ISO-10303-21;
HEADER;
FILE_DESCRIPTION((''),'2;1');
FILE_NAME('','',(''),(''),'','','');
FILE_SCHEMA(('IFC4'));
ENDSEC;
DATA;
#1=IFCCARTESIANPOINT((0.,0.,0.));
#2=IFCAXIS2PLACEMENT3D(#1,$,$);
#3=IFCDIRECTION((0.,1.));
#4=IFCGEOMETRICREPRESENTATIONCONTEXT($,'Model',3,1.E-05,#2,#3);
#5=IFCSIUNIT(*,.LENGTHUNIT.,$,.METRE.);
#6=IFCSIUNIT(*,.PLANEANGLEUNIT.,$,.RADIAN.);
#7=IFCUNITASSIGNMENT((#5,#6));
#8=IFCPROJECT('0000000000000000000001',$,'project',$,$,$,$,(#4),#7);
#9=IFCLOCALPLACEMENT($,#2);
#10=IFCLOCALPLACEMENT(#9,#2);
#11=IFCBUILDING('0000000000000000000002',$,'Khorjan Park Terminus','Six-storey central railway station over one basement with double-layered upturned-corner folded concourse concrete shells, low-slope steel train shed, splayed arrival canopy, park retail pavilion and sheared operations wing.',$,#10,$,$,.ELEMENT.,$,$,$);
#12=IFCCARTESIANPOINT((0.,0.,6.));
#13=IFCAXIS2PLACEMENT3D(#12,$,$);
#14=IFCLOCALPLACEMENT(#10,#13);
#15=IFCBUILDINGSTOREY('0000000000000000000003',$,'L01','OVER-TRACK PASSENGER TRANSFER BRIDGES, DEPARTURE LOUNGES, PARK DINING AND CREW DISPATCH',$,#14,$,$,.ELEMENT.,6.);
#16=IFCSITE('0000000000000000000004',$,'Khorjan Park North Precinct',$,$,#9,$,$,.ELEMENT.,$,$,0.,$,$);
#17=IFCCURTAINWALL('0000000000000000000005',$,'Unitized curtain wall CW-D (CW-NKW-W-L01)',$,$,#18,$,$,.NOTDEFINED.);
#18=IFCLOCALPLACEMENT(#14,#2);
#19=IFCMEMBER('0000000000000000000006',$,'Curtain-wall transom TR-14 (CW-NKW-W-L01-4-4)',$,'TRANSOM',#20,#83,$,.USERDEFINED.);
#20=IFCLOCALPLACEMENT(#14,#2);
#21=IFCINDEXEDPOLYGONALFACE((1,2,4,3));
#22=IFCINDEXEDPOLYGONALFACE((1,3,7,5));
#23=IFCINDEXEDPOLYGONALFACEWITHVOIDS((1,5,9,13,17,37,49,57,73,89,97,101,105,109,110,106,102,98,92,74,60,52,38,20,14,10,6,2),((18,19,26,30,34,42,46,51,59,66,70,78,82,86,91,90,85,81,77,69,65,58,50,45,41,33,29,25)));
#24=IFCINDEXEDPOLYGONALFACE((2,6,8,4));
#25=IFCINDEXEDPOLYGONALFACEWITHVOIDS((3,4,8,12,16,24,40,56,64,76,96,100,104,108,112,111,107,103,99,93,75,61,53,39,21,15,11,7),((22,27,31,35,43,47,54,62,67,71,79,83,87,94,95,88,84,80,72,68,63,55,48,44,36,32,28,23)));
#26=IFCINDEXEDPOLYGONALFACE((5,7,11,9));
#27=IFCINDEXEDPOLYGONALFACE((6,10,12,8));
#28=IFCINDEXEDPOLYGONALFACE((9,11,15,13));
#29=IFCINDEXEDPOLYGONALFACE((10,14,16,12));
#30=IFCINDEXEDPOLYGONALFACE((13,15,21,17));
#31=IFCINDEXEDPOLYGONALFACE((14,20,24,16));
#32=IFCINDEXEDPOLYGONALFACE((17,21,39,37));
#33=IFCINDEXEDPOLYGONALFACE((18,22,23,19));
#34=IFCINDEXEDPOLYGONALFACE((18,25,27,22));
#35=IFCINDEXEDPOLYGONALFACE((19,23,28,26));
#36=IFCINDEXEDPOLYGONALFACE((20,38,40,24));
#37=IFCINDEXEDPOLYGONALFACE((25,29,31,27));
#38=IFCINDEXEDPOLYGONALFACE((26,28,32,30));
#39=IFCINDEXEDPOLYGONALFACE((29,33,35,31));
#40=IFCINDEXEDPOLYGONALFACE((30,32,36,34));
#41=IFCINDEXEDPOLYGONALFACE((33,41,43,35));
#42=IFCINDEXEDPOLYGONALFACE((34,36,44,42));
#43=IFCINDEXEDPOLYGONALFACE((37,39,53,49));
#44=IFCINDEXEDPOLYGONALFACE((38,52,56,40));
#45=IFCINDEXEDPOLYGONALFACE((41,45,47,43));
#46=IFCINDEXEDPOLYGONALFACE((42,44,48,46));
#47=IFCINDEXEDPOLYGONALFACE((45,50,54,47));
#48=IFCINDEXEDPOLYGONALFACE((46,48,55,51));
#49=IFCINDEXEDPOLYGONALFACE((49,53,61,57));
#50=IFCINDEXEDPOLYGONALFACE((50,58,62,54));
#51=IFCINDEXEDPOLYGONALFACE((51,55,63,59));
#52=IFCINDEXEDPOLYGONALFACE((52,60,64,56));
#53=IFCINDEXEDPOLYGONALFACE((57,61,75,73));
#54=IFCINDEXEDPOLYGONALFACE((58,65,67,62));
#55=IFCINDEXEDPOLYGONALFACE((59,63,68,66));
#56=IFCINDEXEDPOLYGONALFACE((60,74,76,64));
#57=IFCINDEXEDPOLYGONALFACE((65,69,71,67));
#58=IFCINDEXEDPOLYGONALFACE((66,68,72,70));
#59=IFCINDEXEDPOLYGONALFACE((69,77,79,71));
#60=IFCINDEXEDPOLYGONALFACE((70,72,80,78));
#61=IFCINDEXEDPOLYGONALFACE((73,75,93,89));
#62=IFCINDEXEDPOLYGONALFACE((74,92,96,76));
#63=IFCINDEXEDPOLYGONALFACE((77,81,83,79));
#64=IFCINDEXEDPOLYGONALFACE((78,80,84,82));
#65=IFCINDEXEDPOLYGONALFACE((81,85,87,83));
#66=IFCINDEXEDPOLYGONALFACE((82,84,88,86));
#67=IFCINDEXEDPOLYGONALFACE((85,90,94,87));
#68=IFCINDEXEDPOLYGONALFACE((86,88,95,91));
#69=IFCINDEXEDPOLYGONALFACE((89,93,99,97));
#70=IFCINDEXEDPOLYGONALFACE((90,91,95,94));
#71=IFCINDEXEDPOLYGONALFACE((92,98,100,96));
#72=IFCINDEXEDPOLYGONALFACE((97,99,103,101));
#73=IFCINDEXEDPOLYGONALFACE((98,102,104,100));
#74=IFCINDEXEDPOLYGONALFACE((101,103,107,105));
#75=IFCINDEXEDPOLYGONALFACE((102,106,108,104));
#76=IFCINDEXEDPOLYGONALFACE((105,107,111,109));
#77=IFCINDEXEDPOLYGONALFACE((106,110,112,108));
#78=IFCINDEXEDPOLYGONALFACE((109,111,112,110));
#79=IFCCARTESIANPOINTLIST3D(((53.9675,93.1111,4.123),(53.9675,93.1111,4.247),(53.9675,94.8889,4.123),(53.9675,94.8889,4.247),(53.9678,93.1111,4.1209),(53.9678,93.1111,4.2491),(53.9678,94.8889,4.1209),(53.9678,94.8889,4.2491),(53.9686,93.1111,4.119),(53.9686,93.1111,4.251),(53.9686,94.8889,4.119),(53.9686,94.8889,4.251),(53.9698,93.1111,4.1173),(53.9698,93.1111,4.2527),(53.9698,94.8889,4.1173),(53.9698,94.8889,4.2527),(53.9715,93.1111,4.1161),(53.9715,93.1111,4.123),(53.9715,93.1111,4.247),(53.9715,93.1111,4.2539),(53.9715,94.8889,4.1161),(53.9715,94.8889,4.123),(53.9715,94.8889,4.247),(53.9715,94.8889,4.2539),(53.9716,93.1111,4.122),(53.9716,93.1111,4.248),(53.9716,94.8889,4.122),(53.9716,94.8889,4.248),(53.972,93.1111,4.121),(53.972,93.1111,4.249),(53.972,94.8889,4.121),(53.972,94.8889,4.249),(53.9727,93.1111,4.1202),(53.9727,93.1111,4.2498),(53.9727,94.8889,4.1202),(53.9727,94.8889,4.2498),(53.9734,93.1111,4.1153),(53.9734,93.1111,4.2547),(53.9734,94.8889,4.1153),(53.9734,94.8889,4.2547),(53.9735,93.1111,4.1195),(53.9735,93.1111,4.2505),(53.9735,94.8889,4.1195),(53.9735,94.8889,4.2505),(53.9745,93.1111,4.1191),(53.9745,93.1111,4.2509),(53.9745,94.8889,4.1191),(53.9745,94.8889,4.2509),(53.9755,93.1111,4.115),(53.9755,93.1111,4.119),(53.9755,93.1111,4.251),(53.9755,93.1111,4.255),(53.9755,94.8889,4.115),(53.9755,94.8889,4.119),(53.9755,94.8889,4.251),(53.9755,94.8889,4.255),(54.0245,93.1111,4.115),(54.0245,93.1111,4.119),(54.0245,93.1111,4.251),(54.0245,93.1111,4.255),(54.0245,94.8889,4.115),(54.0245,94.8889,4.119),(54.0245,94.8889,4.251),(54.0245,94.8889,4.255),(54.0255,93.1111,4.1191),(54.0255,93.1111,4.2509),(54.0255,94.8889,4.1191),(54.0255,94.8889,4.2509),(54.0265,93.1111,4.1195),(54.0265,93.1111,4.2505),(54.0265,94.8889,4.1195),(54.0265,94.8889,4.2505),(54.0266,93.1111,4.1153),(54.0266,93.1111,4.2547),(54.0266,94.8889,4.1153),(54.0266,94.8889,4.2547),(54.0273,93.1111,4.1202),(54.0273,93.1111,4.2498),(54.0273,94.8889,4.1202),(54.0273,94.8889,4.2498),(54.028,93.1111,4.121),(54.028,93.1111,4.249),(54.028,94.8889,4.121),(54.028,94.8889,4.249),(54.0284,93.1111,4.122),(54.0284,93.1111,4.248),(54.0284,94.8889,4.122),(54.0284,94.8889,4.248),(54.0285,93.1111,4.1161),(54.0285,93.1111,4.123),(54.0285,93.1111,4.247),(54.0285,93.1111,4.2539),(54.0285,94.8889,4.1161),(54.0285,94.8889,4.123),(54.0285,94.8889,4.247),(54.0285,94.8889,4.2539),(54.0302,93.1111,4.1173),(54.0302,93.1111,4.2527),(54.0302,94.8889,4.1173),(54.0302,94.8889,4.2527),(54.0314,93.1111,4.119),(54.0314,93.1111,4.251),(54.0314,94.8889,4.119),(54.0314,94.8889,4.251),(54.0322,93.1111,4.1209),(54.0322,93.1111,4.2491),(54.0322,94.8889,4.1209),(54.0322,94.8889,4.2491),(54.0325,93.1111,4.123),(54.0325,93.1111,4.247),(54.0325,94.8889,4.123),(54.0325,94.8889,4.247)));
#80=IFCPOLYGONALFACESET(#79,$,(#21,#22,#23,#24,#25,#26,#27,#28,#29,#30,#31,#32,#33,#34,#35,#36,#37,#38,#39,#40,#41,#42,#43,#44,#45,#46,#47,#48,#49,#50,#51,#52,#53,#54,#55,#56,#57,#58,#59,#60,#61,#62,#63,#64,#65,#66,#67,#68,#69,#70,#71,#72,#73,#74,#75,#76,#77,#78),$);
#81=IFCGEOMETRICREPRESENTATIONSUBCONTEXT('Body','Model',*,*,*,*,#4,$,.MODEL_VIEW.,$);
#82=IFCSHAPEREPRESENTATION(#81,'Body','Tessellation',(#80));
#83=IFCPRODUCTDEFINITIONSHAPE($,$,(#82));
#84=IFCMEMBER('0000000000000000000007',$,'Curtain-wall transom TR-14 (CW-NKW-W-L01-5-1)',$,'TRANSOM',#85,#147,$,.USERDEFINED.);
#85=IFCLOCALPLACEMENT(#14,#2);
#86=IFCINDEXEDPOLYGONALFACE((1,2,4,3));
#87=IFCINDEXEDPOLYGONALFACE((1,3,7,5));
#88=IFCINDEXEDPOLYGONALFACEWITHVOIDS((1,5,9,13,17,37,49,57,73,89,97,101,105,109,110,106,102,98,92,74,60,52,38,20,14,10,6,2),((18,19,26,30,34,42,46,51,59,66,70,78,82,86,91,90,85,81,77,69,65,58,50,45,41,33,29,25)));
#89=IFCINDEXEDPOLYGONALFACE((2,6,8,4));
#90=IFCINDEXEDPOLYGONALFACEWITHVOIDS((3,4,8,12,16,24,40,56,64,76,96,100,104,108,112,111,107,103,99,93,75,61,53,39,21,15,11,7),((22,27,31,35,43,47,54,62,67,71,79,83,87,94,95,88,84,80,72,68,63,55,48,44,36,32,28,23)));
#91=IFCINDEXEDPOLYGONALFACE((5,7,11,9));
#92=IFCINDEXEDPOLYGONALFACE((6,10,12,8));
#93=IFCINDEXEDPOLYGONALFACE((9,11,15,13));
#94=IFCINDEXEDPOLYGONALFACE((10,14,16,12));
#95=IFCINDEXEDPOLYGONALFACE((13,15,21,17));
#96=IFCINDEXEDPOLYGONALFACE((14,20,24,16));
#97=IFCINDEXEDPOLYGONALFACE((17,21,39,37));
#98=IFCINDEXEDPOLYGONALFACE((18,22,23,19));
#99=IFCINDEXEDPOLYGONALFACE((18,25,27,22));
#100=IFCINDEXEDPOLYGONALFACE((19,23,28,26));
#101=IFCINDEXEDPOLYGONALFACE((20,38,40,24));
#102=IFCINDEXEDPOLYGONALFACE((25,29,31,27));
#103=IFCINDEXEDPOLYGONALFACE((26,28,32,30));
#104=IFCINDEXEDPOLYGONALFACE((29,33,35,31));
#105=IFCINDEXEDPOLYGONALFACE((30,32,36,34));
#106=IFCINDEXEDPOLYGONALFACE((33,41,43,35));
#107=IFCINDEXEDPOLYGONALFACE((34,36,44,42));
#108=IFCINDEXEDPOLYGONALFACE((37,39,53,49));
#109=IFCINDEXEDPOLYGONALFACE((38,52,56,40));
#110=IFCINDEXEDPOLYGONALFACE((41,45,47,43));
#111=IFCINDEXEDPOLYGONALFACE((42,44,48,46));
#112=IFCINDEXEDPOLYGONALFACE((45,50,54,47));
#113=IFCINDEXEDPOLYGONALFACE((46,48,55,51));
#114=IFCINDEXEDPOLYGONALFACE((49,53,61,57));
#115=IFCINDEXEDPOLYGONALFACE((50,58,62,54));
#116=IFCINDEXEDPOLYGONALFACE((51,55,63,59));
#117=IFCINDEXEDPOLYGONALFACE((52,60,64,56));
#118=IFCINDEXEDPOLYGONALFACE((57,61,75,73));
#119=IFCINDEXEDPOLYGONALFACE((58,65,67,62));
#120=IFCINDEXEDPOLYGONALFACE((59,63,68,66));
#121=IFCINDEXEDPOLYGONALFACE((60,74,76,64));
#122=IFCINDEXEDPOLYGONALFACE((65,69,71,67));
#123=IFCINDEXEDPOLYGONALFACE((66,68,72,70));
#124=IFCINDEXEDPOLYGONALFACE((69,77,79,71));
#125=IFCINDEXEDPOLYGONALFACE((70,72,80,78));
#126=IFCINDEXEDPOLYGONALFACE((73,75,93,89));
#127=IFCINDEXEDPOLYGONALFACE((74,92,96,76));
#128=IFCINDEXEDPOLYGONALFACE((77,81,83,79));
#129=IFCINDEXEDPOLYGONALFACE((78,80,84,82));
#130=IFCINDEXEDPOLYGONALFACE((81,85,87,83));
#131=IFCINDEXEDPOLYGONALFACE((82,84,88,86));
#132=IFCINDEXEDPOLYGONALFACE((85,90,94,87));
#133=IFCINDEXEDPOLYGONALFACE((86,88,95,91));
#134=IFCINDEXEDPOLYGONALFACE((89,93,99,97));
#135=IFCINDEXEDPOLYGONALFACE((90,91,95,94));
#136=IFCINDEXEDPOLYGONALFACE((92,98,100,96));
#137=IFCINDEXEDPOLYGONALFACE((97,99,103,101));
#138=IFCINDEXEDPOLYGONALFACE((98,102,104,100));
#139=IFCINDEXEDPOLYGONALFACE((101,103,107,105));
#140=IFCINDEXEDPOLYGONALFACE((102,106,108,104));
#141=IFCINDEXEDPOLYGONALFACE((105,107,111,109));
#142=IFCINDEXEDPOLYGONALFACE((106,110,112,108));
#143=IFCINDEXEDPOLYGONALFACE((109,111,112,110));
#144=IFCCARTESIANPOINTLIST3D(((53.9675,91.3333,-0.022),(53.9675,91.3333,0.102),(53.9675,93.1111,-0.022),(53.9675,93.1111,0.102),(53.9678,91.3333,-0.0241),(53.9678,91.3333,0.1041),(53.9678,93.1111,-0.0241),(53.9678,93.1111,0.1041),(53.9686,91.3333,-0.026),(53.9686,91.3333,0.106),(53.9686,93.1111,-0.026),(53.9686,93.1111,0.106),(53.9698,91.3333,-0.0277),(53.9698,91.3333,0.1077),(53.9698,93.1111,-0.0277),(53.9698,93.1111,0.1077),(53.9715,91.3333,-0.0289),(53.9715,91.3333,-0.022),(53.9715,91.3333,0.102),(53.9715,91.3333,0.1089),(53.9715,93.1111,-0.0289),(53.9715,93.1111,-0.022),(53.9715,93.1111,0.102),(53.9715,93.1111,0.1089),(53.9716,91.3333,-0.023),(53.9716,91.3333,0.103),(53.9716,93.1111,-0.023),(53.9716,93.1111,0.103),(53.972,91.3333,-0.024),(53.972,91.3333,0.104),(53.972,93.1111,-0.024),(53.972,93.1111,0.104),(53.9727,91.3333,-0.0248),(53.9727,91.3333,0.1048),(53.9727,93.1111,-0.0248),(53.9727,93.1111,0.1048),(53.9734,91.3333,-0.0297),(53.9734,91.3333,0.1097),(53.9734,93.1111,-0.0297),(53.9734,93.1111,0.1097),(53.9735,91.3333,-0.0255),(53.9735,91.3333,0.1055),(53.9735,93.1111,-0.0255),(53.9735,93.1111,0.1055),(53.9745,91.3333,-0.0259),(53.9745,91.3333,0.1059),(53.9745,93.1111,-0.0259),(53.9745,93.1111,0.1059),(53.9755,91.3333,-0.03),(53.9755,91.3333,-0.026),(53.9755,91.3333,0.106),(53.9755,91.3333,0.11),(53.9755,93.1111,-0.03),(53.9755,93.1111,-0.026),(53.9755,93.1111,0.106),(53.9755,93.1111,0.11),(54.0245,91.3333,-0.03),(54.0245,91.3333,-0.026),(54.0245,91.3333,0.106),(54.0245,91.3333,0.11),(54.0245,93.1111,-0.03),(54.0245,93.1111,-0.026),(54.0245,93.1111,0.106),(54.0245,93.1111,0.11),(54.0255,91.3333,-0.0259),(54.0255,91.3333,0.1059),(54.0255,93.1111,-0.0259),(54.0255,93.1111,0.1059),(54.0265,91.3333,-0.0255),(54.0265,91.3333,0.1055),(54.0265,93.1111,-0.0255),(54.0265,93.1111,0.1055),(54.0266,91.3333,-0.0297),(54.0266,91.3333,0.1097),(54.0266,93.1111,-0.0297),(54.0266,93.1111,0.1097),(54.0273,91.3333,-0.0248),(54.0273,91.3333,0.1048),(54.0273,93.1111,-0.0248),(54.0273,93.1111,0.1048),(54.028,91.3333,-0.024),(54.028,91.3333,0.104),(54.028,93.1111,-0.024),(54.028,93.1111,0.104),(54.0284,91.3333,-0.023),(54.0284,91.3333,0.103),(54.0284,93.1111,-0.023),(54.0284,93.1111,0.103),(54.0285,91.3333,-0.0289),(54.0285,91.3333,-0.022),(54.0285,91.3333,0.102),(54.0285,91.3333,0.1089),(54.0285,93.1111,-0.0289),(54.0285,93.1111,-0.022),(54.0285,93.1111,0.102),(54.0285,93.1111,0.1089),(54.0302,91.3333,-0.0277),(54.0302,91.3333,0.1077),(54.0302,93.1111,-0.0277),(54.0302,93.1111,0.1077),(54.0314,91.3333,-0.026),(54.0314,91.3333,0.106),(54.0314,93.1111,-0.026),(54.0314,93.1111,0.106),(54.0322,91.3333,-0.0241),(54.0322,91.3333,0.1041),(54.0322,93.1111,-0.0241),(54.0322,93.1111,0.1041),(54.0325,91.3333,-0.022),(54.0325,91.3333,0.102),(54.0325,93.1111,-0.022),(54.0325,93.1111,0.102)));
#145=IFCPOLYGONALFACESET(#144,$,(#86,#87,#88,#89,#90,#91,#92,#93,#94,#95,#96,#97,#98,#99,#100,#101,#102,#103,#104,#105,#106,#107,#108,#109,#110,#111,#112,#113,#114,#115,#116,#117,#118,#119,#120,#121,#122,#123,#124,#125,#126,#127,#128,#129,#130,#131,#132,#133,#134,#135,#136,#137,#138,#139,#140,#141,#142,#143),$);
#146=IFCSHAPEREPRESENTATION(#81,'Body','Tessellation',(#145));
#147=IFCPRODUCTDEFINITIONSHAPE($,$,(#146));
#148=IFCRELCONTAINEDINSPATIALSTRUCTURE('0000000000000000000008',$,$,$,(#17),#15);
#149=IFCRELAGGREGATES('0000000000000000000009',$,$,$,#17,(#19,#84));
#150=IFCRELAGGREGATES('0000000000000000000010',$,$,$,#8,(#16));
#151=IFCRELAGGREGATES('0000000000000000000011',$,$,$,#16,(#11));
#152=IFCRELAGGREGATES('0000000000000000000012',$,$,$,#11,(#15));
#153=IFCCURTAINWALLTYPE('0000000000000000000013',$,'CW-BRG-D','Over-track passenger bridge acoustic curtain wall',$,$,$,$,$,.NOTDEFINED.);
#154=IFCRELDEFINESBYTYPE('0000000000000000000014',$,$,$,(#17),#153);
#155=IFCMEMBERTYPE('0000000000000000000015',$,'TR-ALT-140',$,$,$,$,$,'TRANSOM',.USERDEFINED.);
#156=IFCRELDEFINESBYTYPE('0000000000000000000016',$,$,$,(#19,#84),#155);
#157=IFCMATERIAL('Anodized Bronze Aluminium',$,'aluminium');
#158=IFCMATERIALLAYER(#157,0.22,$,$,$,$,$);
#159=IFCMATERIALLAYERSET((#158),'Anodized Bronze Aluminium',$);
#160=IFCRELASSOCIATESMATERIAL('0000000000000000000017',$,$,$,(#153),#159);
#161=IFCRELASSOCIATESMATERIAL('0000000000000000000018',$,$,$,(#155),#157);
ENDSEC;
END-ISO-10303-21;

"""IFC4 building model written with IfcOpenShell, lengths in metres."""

from ifc_helpers import new_model, si_unit, direction, frame, origin, origin_2d, place, context, subcontext, project, spatial, hollow_rectangle, extrude, material, layer, layer_set, material_profile, profile_set, type_object, element, aggregate, save


model = new_model("IFC4")

# Units and contexts
model_context = context("Model", 3, precision=1e-05, world=origin(), true_north=direction((0.0, 1.0)))
body_context = subcontext(model_context, "Body", "Model", "MODEL_VIEW")
ifc_project = project(units=[si_unit("LENGTHUNIT", "METRE"), si_unit("PLANEANGLEUNIT", "RADIAN")], contexts=[model_context])

# Site, building, storey
site_placement = place(None, origin())
site = spatial("IfcSite", under=ifc_project, at=site_placement, Name="Khorjan Park North Precinct", CompositionType="ELEMENT", RefElevation=0.0)
building_placement = place(site_placement, origin())
building = spatial("IfcBuilding", under=site, at=building_placement, Name="Khorjan Park Terminus", Description="Six-storey central railway station over one basement with double-layered upturned-corner folded concourse concrete shells, low-slope steel train shed, splayed arrival canopy, park retail pavilion and sheared operations wing.", CompositionType="ELEMENT")
storey_placement = place(building_placement, frame((0.0, 0.0, 6.0)))
storey = spatial("IfcBuildingStorey", under=building, at=storey_placement, Name="L01", Description="OVER-TRACK PASSENGER TRANSFER BRIDGES, DEPARTURE LOUNGES, PARK DINING AND CREW DISPATCH", CompositionType="ELEMENT", Elevation=6.0)

# Curtain wall, members
ifc_material_1 = material(Name="Anodized Bronze Aluminium", Category="aluminium")
ifc_layer_1 = layer(ifc_material_1, 0.22)
ifc_layer_set_1 = layer_set([ifc_layer_1], Name="Anodized Bronze Aluminium")
curtain_wall_type = type_object("IfcCurtainWallType", Name="CW-BRG-D", Description="Over-track passenger bridge acoustic curtain wall", PredefinedType="NOTDEFINED", material=ifc_layer_set_1)
curtain_wall_placement = place(storey_placement, origin())
curtain_wall = element("IfcCurtainWall", 1, at=curtain_wall_placement, inside=storey, type_object=curtain_wall_type, Name="Unitized curtain wall CW-D (CW-NKW-W-L01)", PredefinedType="NOTDEFINED")
ifc_material_profile_1 = material_profile(ifc_material_1, hollow_rectangle(XDim=0.065, YDim=0.14, WallThickness=0.004, InnerFilletRadius=0.004, OuterFilletRadius=0.008, at=origin_2d()), Name="ALT 65x140x4")
ifc_profile_set_1 = profile_set([ifc_material_profile_1], Name="Anodized Bronze Aluminium")
member_type_1 = type_object("IfcMemberType", Name="TR-ALT-140", ElementType="TRANSOM", PredefinedType="USERDEFINED", material=ifc_profile_set_1)
member_1_placement = place(storey_placement, frame((54.0, 94.8889, 4.185), z_axis=(0.0, -1.0, 0.0), x_axis=(1.0, 0.0, 0.0)))
member_1 = element("IfcMember", 2, at=member_1_placement, type_object=member_type_1, Name="Curtain-wall transom TR-14 (CW-NKW-W-L01-4-4)", ObjectType="TRANSOM", PredefinedType="USERDEFINED", context=body_context, shape_type="SweptSolid", body=[
    extrude(hollow_rectangle(XDim=0.065, YDim=0.14, WallThickness=0.004, InnerFilletRadius=0.004, OuterFilletRadius=0.008, at=origin_2d()), origin(), (0.0, 0.0, 1.0), 1.7778),
])
member_2_placement = place(storey_placement, frame((54.0, 93.1111, 0.04), z_axis=(0.0, -1.0, 0.0), x_axis=(1.0, 0.0, 0.0)))
member_2 = element("IfcMember", 3, at=member_2_placement, type_object=member_type_1, Name="Curtain-wall transom TR-14 (CW-NKW-W-L01-5-1)", ObjectType="TRANSOM", PredefinedType="USERDEFINED", context=body_context, shape_type="SweptSolid", body=[
    extrude(hollow_rectangle(XDim=0.065, YDim=0.14, WallThickness=0.004, InnerFilletRadius=0.004, OuterFilletRadius=0.008, at=origin_2d()), origin(), (0.0, 0.0, 1.0), 1.7778),
])
aggregate(curtain_wall, [member_1, member_2])

save(model, "model.ifc")
